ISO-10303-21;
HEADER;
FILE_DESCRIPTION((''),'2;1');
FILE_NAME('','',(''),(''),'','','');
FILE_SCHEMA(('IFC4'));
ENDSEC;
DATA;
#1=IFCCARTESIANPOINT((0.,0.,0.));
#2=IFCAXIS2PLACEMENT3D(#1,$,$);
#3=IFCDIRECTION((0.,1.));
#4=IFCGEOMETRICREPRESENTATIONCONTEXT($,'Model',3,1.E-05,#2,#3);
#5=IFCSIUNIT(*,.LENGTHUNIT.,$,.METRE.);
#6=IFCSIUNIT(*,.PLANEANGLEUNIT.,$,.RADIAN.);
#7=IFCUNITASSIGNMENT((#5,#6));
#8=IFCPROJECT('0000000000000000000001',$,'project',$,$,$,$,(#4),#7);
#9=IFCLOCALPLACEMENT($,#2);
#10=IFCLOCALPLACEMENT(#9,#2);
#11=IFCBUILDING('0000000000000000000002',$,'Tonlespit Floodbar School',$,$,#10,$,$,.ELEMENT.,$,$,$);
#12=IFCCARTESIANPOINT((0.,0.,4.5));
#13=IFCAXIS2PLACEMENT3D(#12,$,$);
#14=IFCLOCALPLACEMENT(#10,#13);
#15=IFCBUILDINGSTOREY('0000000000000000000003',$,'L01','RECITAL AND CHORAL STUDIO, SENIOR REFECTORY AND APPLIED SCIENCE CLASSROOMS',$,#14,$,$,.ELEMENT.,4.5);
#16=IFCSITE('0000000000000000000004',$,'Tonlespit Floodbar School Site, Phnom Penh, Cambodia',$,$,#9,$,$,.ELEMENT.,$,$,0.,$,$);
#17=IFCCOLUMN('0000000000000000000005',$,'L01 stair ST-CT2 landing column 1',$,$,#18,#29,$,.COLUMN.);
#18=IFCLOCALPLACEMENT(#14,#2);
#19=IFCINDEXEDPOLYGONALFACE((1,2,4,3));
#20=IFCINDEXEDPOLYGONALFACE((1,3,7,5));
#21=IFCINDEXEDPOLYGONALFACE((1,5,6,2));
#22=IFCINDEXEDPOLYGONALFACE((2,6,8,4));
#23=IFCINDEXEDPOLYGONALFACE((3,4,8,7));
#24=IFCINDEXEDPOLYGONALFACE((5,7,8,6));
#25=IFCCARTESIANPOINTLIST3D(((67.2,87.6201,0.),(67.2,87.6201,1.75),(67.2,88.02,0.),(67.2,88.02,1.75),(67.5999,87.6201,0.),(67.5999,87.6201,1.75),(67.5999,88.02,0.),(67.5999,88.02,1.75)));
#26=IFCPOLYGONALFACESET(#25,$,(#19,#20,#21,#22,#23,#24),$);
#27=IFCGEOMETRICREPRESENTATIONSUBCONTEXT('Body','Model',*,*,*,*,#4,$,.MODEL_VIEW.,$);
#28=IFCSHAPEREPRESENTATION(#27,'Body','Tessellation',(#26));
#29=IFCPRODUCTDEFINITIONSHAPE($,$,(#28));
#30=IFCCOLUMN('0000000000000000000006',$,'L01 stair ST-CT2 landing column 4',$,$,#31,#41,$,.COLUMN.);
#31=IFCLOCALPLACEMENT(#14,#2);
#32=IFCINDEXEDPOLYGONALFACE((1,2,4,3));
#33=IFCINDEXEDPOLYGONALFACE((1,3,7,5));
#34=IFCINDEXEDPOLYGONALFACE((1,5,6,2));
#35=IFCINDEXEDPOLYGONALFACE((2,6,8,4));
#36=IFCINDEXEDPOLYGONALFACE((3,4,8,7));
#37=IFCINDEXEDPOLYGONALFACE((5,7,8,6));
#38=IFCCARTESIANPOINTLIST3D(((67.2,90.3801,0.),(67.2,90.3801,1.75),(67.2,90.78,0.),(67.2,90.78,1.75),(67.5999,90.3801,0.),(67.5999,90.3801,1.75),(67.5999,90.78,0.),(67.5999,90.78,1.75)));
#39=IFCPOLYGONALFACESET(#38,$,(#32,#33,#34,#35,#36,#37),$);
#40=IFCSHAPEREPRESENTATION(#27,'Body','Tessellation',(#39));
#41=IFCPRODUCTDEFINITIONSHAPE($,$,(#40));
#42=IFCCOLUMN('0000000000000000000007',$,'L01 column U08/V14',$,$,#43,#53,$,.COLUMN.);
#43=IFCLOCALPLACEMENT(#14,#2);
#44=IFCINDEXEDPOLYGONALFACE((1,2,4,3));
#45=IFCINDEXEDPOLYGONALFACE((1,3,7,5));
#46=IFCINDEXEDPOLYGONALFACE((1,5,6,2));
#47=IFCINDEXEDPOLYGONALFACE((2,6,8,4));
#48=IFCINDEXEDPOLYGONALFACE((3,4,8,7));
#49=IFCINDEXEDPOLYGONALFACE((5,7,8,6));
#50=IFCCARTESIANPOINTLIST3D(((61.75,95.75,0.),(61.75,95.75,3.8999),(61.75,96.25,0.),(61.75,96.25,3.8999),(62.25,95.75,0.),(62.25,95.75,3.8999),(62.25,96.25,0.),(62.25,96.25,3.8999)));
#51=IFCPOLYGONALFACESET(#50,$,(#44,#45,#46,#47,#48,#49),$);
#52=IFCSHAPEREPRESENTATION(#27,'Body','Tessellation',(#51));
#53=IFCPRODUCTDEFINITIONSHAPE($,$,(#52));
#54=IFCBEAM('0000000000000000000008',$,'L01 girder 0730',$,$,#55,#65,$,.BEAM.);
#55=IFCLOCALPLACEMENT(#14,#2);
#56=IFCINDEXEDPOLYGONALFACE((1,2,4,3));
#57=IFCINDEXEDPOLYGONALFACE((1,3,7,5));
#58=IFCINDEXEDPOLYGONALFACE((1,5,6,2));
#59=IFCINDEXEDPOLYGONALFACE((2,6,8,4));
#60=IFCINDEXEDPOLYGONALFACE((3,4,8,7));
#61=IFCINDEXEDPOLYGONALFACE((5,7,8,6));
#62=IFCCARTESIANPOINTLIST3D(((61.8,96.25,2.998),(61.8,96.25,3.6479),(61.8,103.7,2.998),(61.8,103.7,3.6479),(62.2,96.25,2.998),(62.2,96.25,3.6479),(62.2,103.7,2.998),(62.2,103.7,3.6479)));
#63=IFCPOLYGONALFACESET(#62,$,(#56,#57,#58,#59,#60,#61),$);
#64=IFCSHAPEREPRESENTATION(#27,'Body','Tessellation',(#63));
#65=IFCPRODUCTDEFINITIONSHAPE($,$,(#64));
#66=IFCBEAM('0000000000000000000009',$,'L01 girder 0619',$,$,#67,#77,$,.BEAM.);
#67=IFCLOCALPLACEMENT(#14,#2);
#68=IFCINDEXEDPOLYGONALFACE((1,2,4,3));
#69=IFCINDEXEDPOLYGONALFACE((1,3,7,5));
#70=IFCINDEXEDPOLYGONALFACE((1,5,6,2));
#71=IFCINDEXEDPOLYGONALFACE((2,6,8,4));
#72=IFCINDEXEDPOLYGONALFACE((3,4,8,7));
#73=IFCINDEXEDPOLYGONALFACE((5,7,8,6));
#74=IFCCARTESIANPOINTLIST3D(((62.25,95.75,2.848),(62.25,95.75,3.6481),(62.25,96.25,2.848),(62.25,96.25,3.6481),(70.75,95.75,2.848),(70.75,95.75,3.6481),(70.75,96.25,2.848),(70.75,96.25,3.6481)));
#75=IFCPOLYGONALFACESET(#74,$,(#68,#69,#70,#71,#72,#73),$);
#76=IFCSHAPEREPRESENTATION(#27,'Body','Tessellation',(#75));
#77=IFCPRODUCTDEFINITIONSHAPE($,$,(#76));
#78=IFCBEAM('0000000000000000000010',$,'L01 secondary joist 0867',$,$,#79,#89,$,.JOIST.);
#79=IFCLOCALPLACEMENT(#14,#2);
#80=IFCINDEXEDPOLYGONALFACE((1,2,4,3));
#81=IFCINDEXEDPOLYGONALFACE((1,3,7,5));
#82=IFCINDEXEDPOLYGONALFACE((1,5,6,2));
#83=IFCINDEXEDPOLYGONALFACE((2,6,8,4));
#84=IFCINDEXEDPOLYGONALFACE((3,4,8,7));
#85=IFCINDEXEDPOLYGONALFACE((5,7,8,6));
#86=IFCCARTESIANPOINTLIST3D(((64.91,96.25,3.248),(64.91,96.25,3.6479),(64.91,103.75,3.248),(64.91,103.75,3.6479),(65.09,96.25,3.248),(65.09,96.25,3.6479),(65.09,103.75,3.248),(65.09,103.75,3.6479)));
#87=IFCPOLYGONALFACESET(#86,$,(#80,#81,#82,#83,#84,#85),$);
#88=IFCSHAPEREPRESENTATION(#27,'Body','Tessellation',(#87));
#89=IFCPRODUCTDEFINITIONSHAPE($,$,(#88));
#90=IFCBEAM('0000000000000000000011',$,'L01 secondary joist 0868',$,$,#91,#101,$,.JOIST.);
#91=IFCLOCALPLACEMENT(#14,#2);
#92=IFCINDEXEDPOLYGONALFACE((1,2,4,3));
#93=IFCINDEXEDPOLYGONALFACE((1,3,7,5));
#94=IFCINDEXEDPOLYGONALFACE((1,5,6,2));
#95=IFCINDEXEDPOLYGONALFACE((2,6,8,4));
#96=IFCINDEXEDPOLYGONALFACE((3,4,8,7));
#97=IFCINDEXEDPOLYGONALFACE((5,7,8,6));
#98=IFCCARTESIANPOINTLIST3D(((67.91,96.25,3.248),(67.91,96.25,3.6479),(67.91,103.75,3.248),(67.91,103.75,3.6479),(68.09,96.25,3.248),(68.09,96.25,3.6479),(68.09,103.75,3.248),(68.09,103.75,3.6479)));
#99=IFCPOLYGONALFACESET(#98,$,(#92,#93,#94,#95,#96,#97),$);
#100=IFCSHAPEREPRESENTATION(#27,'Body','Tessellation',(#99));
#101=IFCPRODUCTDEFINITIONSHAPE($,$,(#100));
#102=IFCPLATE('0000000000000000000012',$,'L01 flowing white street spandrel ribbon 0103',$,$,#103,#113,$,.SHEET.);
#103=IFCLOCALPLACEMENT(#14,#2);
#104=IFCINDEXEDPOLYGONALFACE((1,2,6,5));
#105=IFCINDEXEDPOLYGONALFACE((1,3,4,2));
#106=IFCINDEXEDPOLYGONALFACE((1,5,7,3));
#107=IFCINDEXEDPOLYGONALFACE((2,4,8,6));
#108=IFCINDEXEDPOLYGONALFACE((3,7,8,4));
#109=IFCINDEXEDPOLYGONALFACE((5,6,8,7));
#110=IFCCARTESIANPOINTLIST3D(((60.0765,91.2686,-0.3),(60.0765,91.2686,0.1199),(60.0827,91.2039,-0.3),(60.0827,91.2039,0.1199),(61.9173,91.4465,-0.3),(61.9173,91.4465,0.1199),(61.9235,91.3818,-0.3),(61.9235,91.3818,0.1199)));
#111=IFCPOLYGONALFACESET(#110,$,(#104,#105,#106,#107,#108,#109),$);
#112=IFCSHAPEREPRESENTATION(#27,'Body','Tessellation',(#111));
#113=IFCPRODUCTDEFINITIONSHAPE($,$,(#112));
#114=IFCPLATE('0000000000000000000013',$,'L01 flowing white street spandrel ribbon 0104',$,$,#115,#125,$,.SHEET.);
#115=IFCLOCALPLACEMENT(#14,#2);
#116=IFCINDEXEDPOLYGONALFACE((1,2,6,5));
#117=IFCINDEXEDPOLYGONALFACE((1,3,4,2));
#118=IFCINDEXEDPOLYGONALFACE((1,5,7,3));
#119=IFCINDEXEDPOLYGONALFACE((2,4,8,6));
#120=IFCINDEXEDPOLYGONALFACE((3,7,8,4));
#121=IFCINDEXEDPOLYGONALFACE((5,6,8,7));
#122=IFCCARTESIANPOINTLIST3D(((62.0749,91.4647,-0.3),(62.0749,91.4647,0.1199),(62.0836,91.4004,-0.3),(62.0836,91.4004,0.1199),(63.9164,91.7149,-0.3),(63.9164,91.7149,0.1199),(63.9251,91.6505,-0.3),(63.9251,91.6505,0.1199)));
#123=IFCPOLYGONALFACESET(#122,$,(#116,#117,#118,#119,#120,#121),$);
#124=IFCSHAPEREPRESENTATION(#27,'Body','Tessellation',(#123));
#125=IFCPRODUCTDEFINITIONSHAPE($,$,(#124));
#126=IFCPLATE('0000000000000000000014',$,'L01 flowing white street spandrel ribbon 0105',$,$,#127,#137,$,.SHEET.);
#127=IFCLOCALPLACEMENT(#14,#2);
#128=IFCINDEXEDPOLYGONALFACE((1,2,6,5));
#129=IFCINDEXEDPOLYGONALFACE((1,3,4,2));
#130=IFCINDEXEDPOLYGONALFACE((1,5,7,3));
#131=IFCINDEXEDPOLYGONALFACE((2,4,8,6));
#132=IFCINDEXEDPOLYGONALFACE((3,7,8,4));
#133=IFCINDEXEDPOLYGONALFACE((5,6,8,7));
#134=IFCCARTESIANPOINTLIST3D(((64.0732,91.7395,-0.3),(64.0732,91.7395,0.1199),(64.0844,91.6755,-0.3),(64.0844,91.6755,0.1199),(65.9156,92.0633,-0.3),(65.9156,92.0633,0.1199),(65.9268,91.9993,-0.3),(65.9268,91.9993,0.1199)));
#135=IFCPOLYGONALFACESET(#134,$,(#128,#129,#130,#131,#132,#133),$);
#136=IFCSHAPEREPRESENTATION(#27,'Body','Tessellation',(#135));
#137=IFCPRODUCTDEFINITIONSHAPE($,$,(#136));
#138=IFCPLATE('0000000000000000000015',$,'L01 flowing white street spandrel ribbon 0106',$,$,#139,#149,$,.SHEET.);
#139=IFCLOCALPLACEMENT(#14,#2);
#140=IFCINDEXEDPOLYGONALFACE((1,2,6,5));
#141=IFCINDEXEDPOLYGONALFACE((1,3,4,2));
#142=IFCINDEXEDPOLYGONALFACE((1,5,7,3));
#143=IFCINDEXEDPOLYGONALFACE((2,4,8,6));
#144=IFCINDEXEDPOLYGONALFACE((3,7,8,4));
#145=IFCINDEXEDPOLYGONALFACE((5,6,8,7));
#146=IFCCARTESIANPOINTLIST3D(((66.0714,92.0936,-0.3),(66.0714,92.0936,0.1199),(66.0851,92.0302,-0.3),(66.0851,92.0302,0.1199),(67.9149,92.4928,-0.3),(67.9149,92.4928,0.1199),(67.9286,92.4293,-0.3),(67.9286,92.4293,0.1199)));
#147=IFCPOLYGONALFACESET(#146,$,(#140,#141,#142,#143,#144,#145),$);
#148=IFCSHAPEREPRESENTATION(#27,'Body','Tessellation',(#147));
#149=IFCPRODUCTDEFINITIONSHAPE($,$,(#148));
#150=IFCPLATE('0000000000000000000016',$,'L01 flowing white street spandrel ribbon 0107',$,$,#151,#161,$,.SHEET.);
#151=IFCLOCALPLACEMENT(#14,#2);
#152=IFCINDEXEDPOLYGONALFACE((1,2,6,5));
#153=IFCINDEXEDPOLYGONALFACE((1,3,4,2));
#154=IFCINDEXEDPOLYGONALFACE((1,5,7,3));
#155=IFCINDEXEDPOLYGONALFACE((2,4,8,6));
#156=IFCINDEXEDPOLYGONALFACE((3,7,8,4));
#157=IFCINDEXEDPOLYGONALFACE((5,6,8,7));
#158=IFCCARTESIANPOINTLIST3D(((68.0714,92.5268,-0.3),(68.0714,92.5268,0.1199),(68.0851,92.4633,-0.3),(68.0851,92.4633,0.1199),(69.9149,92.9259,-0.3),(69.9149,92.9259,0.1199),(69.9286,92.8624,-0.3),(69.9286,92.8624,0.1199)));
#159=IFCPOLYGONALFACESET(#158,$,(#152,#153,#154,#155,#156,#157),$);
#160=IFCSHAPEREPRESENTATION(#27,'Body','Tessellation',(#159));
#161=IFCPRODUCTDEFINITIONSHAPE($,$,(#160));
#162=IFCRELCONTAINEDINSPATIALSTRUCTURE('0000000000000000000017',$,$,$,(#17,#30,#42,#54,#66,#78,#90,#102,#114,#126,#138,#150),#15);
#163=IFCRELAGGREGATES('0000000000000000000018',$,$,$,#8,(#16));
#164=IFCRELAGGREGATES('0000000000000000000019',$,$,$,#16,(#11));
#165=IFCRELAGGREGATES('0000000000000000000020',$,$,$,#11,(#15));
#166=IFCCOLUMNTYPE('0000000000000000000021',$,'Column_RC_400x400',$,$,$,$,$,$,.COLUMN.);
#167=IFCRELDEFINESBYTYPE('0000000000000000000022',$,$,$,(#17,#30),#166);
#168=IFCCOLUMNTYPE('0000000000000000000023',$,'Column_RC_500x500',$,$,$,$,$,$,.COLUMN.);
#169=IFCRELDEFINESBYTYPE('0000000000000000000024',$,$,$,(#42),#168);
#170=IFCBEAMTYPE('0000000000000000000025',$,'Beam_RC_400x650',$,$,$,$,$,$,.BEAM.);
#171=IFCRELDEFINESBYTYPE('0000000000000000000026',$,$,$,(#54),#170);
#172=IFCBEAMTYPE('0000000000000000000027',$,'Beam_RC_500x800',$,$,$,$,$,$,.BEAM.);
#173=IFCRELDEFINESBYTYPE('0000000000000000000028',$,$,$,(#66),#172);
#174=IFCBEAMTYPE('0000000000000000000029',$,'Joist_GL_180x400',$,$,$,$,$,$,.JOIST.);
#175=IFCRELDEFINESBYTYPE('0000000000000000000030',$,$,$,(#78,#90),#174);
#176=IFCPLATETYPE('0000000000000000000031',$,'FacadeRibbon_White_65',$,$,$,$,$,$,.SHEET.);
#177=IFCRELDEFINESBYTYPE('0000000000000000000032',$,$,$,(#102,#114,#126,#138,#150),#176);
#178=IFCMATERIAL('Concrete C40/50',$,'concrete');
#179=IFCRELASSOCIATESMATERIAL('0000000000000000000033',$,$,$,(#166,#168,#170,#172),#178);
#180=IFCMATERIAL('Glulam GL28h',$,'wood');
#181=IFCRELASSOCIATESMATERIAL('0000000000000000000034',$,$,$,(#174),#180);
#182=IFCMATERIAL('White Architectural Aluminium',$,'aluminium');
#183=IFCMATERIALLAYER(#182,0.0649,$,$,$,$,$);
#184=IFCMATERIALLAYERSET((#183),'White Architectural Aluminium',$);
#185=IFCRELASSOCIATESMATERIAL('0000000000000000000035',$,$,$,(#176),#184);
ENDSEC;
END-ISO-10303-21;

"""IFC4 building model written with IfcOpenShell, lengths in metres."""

from ifc_helpers import new_model, si_unit, direction, frame, origin, origin_2d, place, context, subcontext, project, spatial, rectangle, extrude, material, layer, layer_set, material_profile, profile_set, type_object, element, save


model = new_model("IFC4")

# Units and contexts
model_context = context("Model", 3, precision=1e-05, world=origin(), true_north=direction((0.0, 1.0)))
body_context = subcontext(model_context, "Body", "Model", "MODEL_VIEW")
ifc_project = project(units=[si_unit("LENGTHUNIT", "METRE"), si_unit("PLANEANGLEUNIT", "RADIAN")], contexts=[model_context])

# Site, building, storey
site_placement = place(None, origin())
site = spatial("IfcSite", under=ifc_project, at=site_placement, Name="Tonlespit Floodbar School Site, Phnom Penh, Cambodia", CompositionType="ELEMENT", RefElevation=0.0)
building_placement = place(site_placement, origin())
building = spatial("IfcBuilding", under=site, at=building_placement, Name="Tonlespit Floodbar School", CompositionType="ELEMENT")
storey_placement = place(building_placement, frame((0.0, 0.0, 4.5)))
storey = spatial("IfcBuildingStorey", under=building, at=storey_placement, Name="L01", Description="RECITAL AND CHORAL STUDIO, SENIOR REFECTORY AND APPLIED SCIENCE CLASSROOMS", CompositionType="ELEMENT", Elevation=4.5)

# Columns
ifc_material_1 = material(Name="Concrete C40/50", Category="concrete")
ifc_material_profile_1 = material_profile(ifc_material_1, rectangle(XDim=0.3999, YDim=0.3999, at=origin_2d()), Name="RC 400x400")
ifc_profile_set_1 = profile_set([ifc_material_profile_1], Name="Concrete C40/50")
column_type_1 = type_object("IfcColumnType", Name="Column_RC_400x400", PredefinedType="COLUMN", material=ifc_profile_set_1)
for number, where, z_axis, x_axis, name in (
    (1, (67.3999, 87.8201, 0.0), (0.0, 0.0, 1.0), (1.0, 0.0, 0.0), "L01 stair ST-CT2 landing column 1"),
    (2, (67.3999, 90.5801, 0.0), (0.0, 0.0, 1.0), (1.0, 0.0, 0.0), "L01 stair ST-CT2 landing column 4"),
):
    element("IfcColumn", number, at=place(storey_placement, frame(where, z_axis=z_axis, x_axis=x_axis)), inside=storey, type_object=column_type_1, Name=name, PredefinedType="COLUMN", context=body_context, shape_type="SweptSolid", body=[
        extrude(rectangle(XDim=0.3999, YDim=0.3999, at=origin_2d()), origin(), (0.0, 0.0, 1.0), 1.75),
    ])
ifc_material_profile_2 = material_profile(ifc_material_1, rectangle(XDim=0.5, YDim=0.5, at=origin_2d()), Name="RC 500x500")
ifc_profile_set_2 = profile_set([ifc_material_profile_2], Name="Concrete C40/50")
column_type_2 = type_object("IfcColumnType", Name="Column_RC_500x500", PredefinedType="COLUMN", material=ifc_profile_set_2)
column_placement = place(storey_placement, frame((62.0, 96.0, 0.0), z_axis=(0.0, 0.0, 1.0), x_axis=(1.0, 0.0, 0.0)))
element("IfcColumn", 3, at=column_placement, inside=storey, type_object=column_type_2, Name="L01 column U08/V14", PredefinedType="COLUMN", context=body_context, shape_type="SweptSolid", body=[
    extrude(rectangle(XDim=0.5, YDim=0.5, at=origin_2d()), origin(), (0.0, 0.0, 1.0), 3.8999),
])

# Beams
ifc_material_profile_3 = material_profile(ifc_material_1, rectangle(XDim=0.3999, YDim=0.6499, at=origin_2d()), Name="RC 400x650")
ifc_profile_set_3 = profile_set([ifc_material_profile_3], Name="Concrete C40/50")
beam_type_1 = type_object("IfcBeamType", Name="Beam_RC_400x650", PredefinedType="BEAM", material=ifc_profile_set_3)
beam_1_placement = place(storey_placement, frame((62.0, 96.25, 3.323), z_axis=(0.0, 1.0, 0.0), x_axis=(-1.0, 0.0, 0.0)))
element("IfcBeam", 4, at=beam_1_placement, inside=storey, type_object=beam_type_1, Name="L01 girder 0730", PredefinedType="BEAM", context=body_context, shape_type="SweptSolid", body=[
    extrude(rectangle(XDim=0.3999, YDim=0.6499, at=origin_2d()), origin(), (0.0, 0.0, 1.0), 7.45),
])
ifc_material_profile_4 = material_profile(ifc_material_1, rectangle(XDim=0.5, YDim=0.8, at=origin_2d()), Name="RC 500x800")
ifc_profile_set_4 = profile_set([ifc_material_profile_4], Name="Concrete C40/50")
beam_type_2 = type_object("IfcBeamType", Name="Beam_RC_500x800", PredefinedType="BEAM", material=ifc_profile_set_4)
beam_2_placement = place(storey_placement, frame((62.25, 96.0, 3.248), z_axis=(1.0, 0.0, 0.0), x_axis=(0.0, 1.0, 0.0)))
element("IfcBeam", 5, at=beam_2_placement, inside=storey, type_object=beam_type_2, Name="L01 girder 0619", PredefinedType="BEAM", context=body_context, shape_type="SweptSolid", body=[
    extrude(rectangle(XDim=0.5, YDim=0.8, at=origin_2d()), origin(), (0.0, 0.0, 1.0), 8.5),
])
ifc_material_2 = material(Name="Glulam GL28h", Category="wood")
ifc_material_profile_5 = material_profile(ifc_material_2, rectangle(XDim=0.1799, YDim=0.3999, at=origin_2d()), Name="GL 180x400")
ifc_profile_set_5 = profile_set([ifc_material_profile_5], Name="Glulam GL28h")
beam_type_3 = type_object("IfcBeamType", Name="Joist_GL_180x400", PredefinedType="JOIST", material=ifc_profile_set_5)
for number, where, z_axis, x_axis, name in (
    (6, (65.0, 96.25, 3.448), (0.0, 1.0, 0.0), (-1.0, 0.0, 0.0), "L01 secondary joist 0867"),
    (7, (68.0, 96.25, 3.448), (0.0, 1.0, 0.0), (-1.0, 0.0, 0.0), "L01 secondary joist 0868"),
):
    element("IfcBeam", number, at=place(storey_placement, frame(where, z_axis=z_axis, x_axis=x_axis)), inside=storey, type_object=beam_type_3, Name=name, PredefinedType="JOIST", context=body_context, shape_type="SweptSolid", body=[
        extrude(rectangle(XDim=0.1799, YDim=0.3999, at=origin_2d()), origin(), (0.0, 0.0, 1.0), 7.5),
    ])

# Plates
ifc_material_3 = material(Name="White Architectural Aluminium", Category="aluminium")
ifc_layer = layer(ifc_material_3, 0.0649)
ifc_layer_set = layer_set([ifc_layer], Name="White Architectural Aluminium")
plate_type = type_object("IfcPlateType", Name="FacadeRibbon_White_65", PredefinedType="SHEET", material=ifc_layer_set)
plate_1_placement = place(storey_placement, frame((61.0, 91.3252, -0.3), z_axis=(0.0, 0.0, 1.0), x_axis=(0.995362, 0.096202, 0.0)))
element("IfcPlate", 8, at=plate_1_placement, inside=storey, type_object=plate_type, Name="L01 flowing white street spandrel ribbon 0103", PredefinedType="SHEET", context=body_context, shape_type="SweptSolid", body=[
    extrude(rectangle(XDim=1.8494, YDim=0.0649, at=origin_2d()), origin(), (0.0, 0.0, 1.0), 0.4199),
])
plate_2_placement = place(storey_placement, frame((63.0, 91.5576, -0.3), z_axis=(0.0, 0.0, 1.0), x_axis=(0.990898, 0.134614, 0.0)))
element("IfcPlate", 9, at=plate_2_placement, inside=storey, type_object=plate_type, Name="L01 flowing white street spandrel ribbon 0104", PredefinedType="SHEET", context=body_context, shape_type="SweptSolid", body=[
    extrude(rectangle(XDim=1.8584, YDim=0.0649, at=origin_2d()), origin(), (0.0, 0.0, 1.0), 0.4199),
])
plate_3_placement = place(storey_placement, frame((65.0, 91.8694, -0.3), z_axis=(0.0, 0.0, 1.0), x_axis=(0.984905, 0.173096, 0.0)))
element("IfcPlate", 10, at=plate_3_placement, inside=storey, type_object=plate_type, Name="L01 flowing white street spandrel ribbon 0105", PredefinedType="SHEET", context=body_context, shape_type="SweptSolid", body=[
    extrude(rectangle(XDim=1.8706, YDim=0.0649, at=origin_2d()), origin(), (0.0, 0.0, 1.0), 0.4199),
])
for number, where, z_axis, x_axis, name in (
    (11, (67.0, 92.2615, -0.3), (0.0, 0.0, 1.0), (0.977357, 0.211598, 0.0), "L01 flowing white street spandrel ribbon 0106"),
    (12, (69.0, 92.6946, -0.3), (0.0, 0.0, 1.0), (0.977357, 0.211598, 0.0), "L01 flowing white street spandrel ribbon 0107"),
):
    element("IfcPlate", number, at=place(storey_placement, frame(where, z_axis=z_axis, x_axis=x_axis)), inside=storey, type_object=plate_type, Name=name, PredefinedType="SHEET", context=body_context, shape_type="SweptSolid", body=[
        extrude(rectangle(XDim=1.8862, YDim=0.0649, at=origin_2d()), origin(), (0.0, 0.0, 1.0), 0.4199),
    ])

save(model, "model.ifc")
